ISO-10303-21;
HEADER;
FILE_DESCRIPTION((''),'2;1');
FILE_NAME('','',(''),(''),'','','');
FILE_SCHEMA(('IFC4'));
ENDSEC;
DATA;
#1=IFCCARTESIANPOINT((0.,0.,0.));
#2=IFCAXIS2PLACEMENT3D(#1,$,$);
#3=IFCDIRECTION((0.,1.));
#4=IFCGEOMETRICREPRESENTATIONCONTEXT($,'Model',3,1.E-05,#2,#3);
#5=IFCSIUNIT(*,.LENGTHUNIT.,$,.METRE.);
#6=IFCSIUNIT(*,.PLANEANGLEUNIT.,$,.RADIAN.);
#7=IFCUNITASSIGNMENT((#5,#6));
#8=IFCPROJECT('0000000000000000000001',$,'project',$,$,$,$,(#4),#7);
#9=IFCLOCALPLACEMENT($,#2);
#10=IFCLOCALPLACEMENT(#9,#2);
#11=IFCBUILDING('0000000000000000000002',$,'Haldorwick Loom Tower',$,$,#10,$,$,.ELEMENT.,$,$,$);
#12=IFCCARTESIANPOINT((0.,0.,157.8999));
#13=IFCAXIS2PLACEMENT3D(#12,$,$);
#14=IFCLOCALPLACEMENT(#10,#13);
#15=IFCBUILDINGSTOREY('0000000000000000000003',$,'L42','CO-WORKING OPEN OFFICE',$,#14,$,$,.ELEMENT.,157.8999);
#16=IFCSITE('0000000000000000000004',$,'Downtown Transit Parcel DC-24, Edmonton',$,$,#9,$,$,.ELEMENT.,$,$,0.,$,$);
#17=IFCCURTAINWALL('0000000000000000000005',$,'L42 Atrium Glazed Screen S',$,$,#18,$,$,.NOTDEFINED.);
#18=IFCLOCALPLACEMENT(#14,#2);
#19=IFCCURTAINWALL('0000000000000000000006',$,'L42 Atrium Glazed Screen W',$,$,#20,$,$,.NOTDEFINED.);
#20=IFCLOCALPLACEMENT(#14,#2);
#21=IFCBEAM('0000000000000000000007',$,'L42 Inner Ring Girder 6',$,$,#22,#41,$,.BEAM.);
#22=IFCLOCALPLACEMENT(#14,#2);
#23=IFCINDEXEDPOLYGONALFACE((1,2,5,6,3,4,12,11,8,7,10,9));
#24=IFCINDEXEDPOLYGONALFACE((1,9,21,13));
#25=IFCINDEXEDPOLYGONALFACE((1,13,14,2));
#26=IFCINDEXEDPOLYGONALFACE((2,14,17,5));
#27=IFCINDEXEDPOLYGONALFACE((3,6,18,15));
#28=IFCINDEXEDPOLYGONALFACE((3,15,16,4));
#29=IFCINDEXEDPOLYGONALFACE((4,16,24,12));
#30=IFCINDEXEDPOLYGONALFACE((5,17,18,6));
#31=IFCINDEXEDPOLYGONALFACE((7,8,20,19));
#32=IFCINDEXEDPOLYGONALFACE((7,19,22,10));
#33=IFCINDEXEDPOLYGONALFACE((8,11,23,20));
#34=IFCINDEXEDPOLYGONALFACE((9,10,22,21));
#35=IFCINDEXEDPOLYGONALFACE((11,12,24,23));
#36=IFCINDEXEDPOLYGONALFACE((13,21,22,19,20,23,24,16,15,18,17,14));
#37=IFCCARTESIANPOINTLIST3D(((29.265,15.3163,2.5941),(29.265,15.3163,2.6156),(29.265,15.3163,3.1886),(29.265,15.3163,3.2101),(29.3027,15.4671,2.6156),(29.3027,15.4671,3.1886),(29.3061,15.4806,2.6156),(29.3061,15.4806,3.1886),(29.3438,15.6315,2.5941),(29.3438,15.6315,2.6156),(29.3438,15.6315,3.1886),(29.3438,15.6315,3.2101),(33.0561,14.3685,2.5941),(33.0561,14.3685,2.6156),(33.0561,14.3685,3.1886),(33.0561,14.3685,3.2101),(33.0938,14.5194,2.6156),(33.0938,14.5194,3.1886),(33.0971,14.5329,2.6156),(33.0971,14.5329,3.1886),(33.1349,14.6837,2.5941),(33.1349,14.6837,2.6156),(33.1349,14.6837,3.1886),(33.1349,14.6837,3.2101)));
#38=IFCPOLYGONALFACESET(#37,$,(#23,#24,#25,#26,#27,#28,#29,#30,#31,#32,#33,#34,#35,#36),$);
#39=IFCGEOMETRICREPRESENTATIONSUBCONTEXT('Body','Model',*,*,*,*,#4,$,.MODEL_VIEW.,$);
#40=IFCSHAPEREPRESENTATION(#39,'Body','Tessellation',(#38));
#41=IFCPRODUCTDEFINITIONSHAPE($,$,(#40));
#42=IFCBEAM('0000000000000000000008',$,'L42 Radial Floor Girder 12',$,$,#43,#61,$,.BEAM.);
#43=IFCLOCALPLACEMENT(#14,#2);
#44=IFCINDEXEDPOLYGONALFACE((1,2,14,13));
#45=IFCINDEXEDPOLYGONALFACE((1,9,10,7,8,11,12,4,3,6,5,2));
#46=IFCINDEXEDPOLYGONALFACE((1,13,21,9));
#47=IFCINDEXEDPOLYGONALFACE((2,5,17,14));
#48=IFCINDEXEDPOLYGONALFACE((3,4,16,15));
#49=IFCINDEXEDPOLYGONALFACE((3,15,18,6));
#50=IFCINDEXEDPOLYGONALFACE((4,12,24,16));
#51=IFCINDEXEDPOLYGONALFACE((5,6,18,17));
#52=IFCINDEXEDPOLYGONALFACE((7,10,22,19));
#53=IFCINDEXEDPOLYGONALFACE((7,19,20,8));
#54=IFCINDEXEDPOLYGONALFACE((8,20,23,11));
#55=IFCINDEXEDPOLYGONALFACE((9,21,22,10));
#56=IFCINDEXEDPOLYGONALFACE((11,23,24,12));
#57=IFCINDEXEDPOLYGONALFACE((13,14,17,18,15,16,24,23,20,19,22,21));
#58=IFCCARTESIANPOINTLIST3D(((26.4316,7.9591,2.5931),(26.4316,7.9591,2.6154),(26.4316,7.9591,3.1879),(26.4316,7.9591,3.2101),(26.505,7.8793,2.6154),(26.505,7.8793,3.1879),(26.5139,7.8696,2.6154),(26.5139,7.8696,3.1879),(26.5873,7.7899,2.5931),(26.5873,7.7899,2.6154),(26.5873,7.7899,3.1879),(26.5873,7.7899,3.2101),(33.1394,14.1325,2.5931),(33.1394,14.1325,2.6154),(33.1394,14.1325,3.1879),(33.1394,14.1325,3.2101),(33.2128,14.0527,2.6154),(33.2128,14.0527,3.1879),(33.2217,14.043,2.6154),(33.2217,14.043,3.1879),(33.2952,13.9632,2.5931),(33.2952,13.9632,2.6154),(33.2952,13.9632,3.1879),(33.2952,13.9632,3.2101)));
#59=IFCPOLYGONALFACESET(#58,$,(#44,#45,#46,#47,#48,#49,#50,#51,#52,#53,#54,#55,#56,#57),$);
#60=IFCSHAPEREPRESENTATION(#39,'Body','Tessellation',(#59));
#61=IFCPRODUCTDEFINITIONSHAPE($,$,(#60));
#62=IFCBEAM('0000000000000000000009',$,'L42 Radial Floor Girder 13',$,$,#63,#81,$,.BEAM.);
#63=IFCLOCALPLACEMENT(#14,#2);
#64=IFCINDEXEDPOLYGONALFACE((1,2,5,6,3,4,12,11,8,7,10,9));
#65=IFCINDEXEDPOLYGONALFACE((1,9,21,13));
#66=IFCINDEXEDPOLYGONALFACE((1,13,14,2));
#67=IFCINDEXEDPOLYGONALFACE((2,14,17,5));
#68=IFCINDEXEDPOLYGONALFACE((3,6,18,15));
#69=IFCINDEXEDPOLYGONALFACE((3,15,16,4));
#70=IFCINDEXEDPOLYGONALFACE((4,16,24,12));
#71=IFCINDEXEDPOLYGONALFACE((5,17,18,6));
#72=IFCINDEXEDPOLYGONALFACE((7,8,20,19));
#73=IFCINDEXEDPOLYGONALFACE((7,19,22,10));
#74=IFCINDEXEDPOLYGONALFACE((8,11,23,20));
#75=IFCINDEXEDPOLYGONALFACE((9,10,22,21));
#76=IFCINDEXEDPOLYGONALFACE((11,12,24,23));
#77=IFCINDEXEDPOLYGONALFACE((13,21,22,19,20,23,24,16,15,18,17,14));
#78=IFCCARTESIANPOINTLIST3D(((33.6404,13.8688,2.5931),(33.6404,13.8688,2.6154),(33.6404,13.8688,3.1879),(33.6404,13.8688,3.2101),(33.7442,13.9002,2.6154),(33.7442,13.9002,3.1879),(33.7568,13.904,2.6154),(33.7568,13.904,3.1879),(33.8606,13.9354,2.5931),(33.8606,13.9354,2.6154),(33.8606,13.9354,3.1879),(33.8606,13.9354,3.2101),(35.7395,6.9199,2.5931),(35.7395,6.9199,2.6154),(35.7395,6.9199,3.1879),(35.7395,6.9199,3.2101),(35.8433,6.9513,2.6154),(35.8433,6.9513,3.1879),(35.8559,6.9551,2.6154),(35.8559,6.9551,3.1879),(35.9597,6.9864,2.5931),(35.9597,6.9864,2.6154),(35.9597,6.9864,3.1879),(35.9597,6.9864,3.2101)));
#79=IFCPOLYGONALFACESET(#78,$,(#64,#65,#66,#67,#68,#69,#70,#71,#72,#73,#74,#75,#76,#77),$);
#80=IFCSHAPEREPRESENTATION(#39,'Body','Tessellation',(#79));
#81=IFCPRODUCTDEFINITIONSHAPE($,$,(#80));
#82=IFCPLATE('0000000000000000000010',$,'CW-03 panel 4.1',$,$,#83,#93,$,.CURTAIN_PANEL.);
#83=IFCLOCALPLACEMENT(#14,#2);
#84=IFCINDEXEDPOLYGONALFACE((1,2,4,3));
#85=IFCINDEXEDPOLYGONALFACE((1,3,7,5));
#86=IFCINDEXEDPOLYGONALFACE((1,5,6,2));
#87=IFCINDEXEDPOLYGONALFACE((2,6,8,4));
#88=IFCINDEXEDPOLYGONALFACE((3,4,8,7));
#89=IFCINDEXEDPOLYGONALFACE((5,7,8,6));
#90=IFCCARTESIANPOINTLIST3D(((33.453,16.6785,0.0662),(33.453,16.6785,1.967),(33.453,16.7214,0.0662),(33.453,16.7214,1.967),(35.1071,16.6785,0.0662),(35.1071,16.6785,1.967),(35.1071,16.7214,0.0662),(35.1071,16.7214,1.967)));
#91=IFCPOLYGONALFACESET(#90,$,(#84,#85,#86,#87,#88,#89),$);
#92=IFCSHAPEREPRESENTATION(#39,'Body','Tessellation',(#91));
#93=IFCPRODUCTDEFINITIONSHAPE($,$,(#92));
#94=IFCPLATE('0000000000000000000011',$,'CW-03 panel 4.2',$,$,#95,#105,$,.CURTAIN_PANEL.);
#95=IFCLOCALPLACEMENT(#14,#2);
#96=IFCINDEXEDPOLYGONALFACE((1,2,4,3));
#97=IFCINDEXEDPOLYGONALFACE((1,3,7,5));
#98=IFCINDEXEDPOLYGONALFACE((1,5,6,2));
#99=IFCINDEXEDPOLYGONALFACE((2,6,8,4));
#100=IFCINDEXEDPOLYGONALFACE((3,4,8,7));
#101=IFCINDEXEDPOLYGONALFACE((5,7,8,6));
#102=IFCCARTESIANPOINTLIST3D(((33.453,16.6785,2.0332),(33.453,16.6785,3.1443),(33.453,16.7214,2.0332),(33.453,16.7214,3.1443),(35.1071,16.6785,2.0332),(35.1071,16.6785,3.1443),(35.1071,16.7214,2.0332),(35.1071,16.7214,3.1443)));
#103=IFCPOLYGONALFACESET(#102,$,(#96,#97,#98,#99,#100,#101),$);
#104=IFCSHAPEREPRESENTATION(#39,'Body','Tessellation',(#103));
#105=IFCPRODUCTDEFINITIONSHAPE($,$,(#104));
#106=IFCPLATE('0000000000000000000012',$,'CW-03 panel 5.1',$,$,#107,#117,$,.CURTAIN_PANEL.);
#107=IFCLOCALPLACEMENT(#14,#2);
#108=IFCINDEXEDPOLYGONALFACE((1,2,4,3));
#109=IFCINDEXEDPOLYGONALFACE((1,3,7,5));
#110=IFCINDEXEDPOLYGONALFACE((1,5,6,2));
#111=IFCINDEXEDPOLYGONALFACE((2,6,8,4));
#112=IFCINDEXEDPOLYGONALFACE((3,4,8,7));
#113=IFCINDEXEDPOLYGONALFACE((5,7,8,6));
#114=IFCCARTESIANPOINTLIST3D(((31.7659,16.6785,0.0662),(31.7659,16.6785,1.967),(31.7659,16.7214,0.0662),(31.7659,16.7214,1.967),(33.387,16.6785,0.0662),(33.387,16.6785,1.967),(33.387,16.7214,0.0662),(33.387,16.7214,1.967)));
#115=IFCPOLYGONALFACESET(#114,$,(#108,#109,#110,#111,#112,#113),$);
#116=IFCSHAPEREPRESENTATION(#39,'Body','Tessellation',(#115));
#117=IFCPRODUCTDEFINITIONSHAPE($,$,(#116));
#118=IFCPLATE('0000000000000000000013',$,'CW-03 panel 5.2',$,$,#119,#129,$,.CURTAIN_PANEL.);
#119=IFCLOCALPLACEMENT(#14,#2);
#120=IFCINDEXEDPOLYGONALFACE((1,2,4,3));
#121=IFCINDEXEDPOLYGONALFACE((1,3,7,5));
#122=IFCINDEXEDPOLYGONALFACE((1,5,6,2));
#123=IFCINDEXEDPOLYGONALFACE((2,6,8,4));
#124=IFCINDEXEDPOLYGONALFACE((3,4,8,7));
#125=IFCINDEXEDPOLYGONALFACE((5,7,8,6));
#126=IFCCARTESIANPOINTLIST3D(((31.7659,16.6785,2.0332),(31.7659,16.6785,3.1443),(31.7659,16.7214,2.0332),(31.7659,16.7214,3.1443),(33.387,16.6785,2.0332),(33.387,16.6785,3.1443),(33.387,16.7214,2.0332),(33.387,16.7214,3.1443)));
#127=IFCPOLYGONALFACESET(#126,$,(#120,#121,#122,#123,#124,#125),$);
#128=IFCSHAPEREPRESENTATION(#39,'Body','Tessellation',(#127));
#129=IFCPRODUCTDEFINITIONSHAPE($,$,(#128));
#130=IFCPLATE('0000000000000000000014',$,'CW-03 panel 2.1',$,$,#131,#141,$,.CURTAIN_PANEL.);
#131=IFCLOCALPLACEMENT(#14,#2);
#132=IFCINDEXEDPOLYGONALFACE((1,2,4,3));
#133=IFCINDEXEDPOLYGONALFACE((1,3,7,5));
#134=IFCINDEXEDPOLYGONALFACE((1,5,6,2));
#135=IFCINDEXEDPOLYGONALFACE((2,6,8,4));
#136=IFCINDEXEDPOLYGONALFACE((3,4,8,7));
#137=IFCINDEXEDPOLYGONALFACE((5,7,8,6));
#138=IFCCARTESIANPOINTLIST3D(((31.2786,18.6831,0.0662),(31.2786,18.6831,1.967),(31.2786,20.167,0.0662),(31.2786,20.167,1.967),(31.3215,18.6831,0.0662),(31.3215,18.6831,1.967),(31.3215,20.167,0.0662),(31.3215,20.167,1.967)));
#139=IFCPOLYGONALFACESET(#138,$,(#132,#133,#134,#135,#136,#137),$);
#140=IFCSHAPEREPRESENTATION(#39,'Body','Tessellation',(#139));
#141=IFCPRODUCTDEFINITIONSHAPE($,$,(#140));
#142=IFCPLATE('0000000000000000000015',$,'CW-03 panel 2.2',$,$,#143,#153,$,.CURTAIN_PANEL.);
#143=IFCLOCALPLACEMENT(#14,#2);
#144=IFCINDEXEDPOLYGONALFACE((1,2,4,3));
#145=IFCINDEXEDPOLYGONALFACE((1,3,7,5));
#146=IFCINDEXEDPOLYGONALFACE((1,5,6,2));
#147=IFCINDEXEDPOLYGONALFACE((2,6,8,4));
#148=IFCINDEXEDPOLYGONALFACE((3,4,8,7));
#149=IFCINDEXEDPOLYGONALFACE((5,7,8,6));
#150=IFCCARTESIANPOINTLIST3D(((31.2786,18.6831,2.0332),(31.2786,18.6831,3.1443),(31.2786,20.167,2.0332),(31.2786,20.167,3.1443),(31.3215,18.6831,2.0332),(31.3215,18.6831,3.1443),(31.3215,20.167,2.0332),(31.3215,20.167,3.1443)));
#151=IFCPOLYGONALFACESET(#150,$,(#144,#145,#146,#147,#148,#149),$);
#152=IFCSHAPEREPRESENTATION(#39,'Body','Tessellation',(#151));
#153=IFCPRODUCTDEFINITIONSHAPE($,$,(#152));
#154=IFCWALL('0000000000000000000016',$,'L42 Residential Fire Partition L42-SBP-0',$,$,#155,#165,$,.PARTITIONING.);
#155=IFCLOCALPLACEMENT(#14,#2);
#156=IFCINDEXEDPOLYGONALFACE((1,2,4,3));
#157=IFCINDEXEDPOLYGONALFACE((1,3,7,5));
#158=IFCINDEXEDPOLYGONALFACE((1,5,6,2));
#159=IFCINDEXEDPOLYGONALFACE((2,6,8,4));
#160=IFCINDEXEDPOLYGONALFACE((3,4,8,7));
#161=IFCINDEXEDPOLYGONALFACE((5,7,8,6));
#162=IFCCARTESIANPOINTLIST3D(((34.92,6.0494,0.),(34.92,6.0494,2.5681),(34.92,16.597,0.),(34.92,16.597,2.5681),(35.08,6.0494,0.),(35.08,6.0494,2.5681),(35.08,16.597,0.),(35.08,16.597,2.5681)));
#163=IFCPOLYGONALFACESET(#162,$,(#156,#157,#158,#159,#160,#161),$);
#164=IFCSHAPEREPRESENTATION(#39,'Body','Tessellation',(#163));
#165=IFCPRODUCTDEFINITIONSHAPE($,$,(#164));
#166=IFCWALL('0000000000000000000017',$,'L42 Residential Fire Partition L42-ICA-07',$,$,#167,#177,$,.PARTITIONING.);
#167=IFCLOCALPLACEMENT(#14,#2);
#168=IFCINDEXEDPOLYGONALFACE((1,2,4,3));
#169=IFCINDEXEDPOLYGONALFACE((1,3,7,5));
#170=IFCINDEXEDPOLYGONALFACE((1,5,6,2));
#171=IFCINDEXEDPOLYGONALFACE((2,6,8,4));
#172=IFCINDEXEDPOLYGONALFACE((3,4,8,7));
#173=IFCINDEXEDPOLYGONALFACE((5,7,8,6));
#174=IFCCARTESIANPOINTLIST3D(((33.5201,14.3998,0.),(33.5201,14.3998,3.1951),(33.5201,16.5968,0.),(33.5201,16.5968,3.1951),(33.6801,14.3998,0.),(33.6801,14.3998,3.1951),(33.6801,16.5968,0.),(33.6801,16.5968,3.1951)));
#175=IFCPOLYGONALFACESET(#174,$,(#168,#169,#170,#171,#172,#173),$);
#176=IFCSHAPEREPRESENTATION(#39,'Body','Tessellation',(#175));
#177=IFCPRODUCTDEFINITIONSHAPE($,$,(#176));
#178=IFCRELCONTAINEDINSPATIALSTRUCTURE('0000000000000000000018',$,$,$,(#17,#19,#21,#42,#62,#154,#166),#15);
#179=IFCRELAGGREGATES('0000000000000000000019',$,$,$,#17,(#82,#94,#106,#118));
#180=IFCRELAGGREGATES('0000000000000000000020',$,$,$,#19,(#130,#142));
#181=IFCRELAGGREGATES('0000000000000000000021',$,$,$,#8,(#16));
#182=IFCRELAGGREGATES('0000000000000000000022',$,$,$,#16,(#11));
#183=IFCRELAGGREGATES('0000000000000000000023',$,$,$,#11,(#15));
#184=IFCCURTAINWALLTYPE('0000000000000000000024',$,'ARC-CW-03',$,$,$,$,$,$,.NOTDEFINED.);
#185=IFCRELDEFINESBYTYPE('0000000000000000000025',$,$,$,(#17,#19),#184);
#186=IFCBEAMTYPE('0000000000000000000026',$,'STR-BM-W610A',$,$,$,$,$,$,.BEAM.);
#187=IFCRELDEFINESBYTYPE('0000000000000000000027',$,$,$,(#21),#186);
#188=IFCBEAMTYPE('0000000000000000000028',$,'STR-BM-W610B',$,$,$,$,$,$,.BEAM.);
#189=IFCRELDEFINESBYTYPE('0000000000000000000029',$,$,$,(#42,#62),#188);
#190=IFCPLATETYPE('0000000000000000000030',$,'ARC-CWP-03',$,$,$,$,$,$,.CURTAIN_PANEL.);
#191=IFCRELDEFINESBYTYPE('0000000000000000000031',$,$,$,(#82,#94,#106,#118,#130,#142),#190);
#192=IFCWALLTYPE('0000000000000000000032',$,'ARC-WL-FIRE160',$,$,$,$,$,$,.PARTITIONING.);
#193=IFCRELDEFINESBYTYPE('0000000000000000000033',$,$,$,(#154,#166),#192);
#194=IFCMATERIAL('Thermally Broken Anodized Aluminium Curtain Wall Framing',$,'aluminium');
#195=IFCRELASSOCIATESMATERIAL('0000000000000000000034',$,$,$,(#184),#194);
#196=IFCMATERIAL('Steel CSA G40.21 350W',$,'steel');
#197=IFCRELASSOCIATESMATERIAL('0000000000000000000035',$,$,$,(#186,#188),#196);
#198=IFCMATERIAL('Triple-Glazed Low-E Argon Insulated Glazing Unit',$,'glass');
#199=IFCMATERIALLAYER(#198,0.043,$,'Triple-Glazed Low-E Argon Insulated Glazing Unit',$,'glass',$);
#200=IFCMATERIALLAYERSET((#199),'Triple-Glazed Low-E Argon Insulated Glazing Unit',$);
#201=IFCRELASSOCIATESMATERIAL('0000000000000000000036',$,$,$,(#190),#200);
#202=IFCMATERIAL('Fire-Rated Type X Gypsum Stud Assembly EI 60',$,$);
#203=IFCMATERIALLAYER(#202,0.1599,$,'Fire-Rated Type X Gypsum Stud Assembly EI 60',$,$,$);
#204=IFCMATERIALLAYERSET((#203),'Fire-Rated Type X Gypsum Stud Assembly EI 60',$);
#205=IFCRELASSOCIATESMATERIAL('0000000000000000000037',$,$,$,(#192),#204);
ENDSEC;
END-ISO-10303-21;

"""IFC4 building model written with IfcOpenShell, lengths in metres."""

from ifc_helpers import new_model, si_unit, direction, frame, frame_2d, origin, origin_2d, place, context, subcontext, project, spatial, rectangle, i_section, extrude, material, layer, layer_set, material_profile, profile_set, type_object, element, aggregate, save


model = new_model("IFC4")

# Units and contexts
model_context = context("Model", 3, precision=1e-05, world=origin(), true_north=direction((0.0, 1.0)))
body_context = subcontext(model_context, "Body", "Model", "MODEL_VIEW")
ifc_project = project(units=[si_unit("LENGTHUNIT", "METRE"), si_unit("PLANEANGLEUNIT", "RADIAN")], contexts=[model_context])

# Site, building, storey
site_placement = place(None, origin())
site = spatial("IfcSite", under=ifc_project, at=site_placement, Name="Downtown Transit Parcel DC-24, Edmonton", CompositionType="ELEMENT", RefElevation=0.0)
building_placement = place(site_placement, origin())
building = spatial("IfcBuilding", under=site, at=building_placement, Name="Haldorwick Loom Tower", CompositionType="ELEMENT")
storey_placement = place(building_placement, frame((0.0, 0.0, 157.8999)))
storey = spatial("IfcBuildingStorey", under=building, at=storey_placement, Name="L42", Description="CO-WORKING OPEN OFFICE", CompositionType="ELEMENT", Elevation=157.8999)

# Curtain walls
ifc_material_1 = material(Name="Thermally Broken Anodized Aluminium Curtain Wall Framing", Category="aluminium")
curtain_wall_type = type_object("IfcCurtainWallType", Name="ARC-CW-03", PredefinedType="NOTDEFINED", material=ifc_material_1)
curtain_wall_1_placement = place(storey_placement, origin())
curtain_wall_1 = element("IfcCurtainWall", 1, at=curtain_wall_1_placement, inside=storey, type_object=curtain_wall_type, Name="L42 Atrium Glazed Screen S", PredefinedType="NOTDEFINED")
curtain_wall_2_placement = place(storey_placement, origin())
curtain_wall_2 = element("IfcCurtainWall", 2, at=curtain_wall_2_placement, inside=storey, type_object=curtain_wall_type, Name="L42 Atrium Glazed Screen W", PredefinedType="NOTDEFINED")

# Beams
ifc_material_2 = material(Name="Steel CSA G40.21 350W", Category="steel")
ifc_material_profile_1 = material_profile(ifc_material_2, i_section(OverallWidth=0.325, OverallDepth=0.616, WebThickness=0.0139, FlangeThickness=0.0215, at=origin_2d()), Name="W610X174", Category="steel")
ifc_profile_set_1 = profile_set([ifc_material_profile_1], Name="Steel CSA G40.21 350W")
beam_type_1 = type_object("IfcBeamType", Name="STR-BM-W610A", PredefinedType="BEAM", material=ifc_profile_set_1)
beam_1_placement = place(storey_placement, frame((33.0955, 14.5261, 2.9021), z_axis=(-0.970143, 0.242536, 0.0), x_axis=(-0.242536, -0.970143, 0.0)))
element("IfcBeam", 3, at=beam_1_placement, inside=storey, type_object=beam_type_1, Name="L42 Inner Ring Girder 6", PredefinedType="BEAM", context=body_context, shape_type="SweptSolid", body=[
    extrude(i_section(OverallWidth=0.325, OverallDepth=0.616, WebThickness=0.0139, FlangeThickness=0.0215, at=origin_2d()), origin(), (0.0, 0.0, 1.0), 3.9077),
])
ifc_material_profile_2 = material_profile(ifc_material_2, i_section(OverallWidth=0.23, OverallDepth=0.6169, WebThickness=0.0132, FlangeThickness=0.0222, at=origin_2d()), Name="W610X140", Category="steel")
ifc_profile_set_2 = profile_set([ifc_material_profile_2], Name="Steel CSA G40.21 350W")
beam_type_2 = type_object("IfcBeamType", Name="STR-BM-W610B", PredefinedType="BEAM", material=ifc_profile_set_2)
beam_2_placement = place(storey_placement, frame((33.2173, 14.0479, 2.9016), z_axis=(-0.735811, -0.677187, 0.0), x_axis=(0.677187, -0.735811, 0.0)))
element("IfcBeam", 4, at=beam_2_placement, inside=storey, type_object=beam_type_2, Name="L42 Radial Floor Girder 12", PredefinedType="BEAM", context=body_context, shape_type="SweptSolid", body=[
    extrude(i_section(OverallWidth=0.23, OverallDepth=0.6169, WebThickness=0.0132, FlangeThickness=0.0222, at=origin_2d()), origin(), (0.0, 0.0, 1.0), 9.1162),
])
beam_3_placement = place(storey_placement, frame((33.7505, 13.9021, 2.9016), z_axis=(0.289171, -0.957277, 0.0), x_axis=(0.957277, 0.289171, 0.0)))
element("IfcBeam", 5, at=beam_3_placement, inside=storey, type_object=beam_type_2, Name="L42 Radial Floor Girder 13", PredefinedType="BEAM", context=body_context, shape_type="SweptSolid", body=[
    extrude(i_section(OverallWidth=0.23, OverallDepth=0.6169, WebThickness=0.0132, FlangeThickness=0.0222, at=origin_2d()), origin(), (0.0, 0.0, 1.0), 7.259),
])

# Plates
ifc_material_3 = material(Name="Triple-Glazed Low-E Argon Insulated Glazing Unit", Category="glass")
ifc_layer_1 = layer(ifc_material_3, 0.043, Name="Triple-Glazed Low-E Argon Insulated Glazing Unit", Category="glass")
ifc_layer_set_1 = layer_set([ifc_layer_1], Name="Triple-Glazed Low-E Argon Insulated Glazing Unit")
plate_type = type_object("IfcPlateType", Name="ARC-CWP-03", PredefinedType="CURTAIN_PANEL", material=ifc_layer_set_1)
plate_1_placement = place(storey_placement, frame((34.28, 16.7, 0.0662), z_axis=(0.0, 0.0, 1.0), x_axis=(-1.0, 0.0, 0.0)))
plate_1 = element("IfcPlate", 6, at=plate_1_placement, type_object=plate_type, Name="CW-03 panel 4.1", PredefinedType="CURTAIN_PANEL", context=body_context, shape_type="SweptSolid", body=[
    extrude(rectangle(XDim=1.6541, YDim=0.043, at=origin_2d()), origin(), (0.0, 0.0, 1.0), 1.9009),
])
plate_2_placement = place(storey_placement, frame((34.28, 16.7, 2.0332), z_axis=(0.0, 0.0, 1.0), x_axis=(-1.0, 0.0, 0.0)))
plate_2 = element("IfcPlate", 7, at=plate_2_placement, type_object=plate_type, Name="CW-03 panel 4.2", PredefinedType="CURTAIN_PANEL", context=body_context, shape_type="SweptSolid", body=[
    extrude(rectangle(XDim=1.6541, YDim=0.043, at=origin_2d()), origin(), (0.0, 0.0, 1.0), 1.1111),
])
plate_3_placement = place(storey_placement, frame((32.5764, 16.7, 0.0662), z_axis=(0.0, 0.0, 1.0), x_axis=(-1.0, 0.0, 0.0)))
plate_3 = element("IfcPlate", 8, at=plate_3_placement, type_object=plate_type, Name="CW-03 panel 5.1", PredefinedType="CURTAIN_PANEL", context=body_context, shape_type="SweptSolid", body=[
    extrude(rectangle(XDim=1.6211, YDim=0.043, at=origin_2d()), origin(), (0.0, 0.0, 1.0), 1.9009),
])
plate_4_placement = place(storey_placement, frame((32.5764, 16.7, 2.0332), z_axis=(0.0, 0.0, 1.0), x_axis=(-1.0, 0.0, 0.0)))
plate_4 = element("IfcPlate", 9, at=plate_4_placement, type_object=plate_type, Name="CW-03 panel 5.2", PredefinedType="CURTAIN_PANEL", context=body_context, shape_type="SweptSolid", body=[
    extrude(rectangle(XDim=1.6211, YDim=0.043, at=origin_2d()), origin(), (0.0, 0.0, 1.0), 1.1111),
])
aggregate(curtain_wall_1, [plate_1, plate_2, plate_3, plate_4])
plate_5_placement = place(storey_placement, frame((31.3, 19.425, 0.0662), z_axis=(0.0, 0.0, 1.0), x_axis=(0.0, 1.0, 0.0)))
plate_5 = element("IfcPlate", 10, at=plate_5_placement, type_object=plate_type, Name="CW-03 panel 2.1", PredefinedType="CURTAIN_PANEL", context=body_context, shape_type="SweptSolid", body=[
    extrude(rectangle(XDim=1.4839, YDim=0.043, at=origin_2d()), origin(), (0.0, 0.0, 1.0), 1.9009),
])
plate_6_placement = place(storey_placement, frame((31.3, 19.425, 2.0332), z_axis=(0.0, 0.0, 1.0), x_axis=(0.0, 1.0, 0.0)))
plate_6 = element("IfcPlate", 11, at=plate_6_placement, type_object=plate_type, Name="CW-03 panel 2.2", PredefinedType="CURTAIN_PANEL", context=body_context, shape_type="SweptSolid", body=[
    extrude(rectangle(XDim=1.4839, YDim=0.043, at=origin_2d()), origin(), (0.0, 0.0, 1.0), 1.1111),
])
aggregate(curtain_wall_2, [plate_5, plate_6])

# Walls
ifc_material_4 = material(Name="Fire-Rated Type X Gypsum Stud Assembly EI 60")
ifc_layer_2 = layer(ifc_material_4, 0.1599, Name="Fire-Rated Type X Gypsum Stud Assembly EI 60")
ifc_layer_set_2 = layer_set([ifc_layer_2], Name="Fire-Rated Type X Gypsum Stud Assembly EI 60")
wall_type = type_object("IfcWallType", Name="ARC-WL-FIRE160", PredefinedType="PARTITIONING", material=ifc_layer_set_2)
wall_1_placement = place(storey_placement, frame((35.0, 6.0493, 0.0), z_axis=(0.0, 0.0, 1.0), x_axis=(0.0, 1.0, 0.0)))
element("IfcWall", 12, at=wall_1_placement, inside=storey, type_object=wall_type, Name="L42 Residential Fire Partition L42-SBP-0", PredefinedType="PARTITIONING", context=body_context, shape_type="SweptSolid", body=[
    extrude(rectangle(XDim=10.5476, YDim=0.1599, at=frame_2d((5.2739, 0.0))), origin(), (0.0, 0.0, 1.0), 2.5681),
])
wall_2_placement = place(storey_placement, frame((33.6001, 16.5969, 0.0), z_axis=(0.0, 0.0, 1.0), x_axis=(0.0, -1.0, 0.0)))
element("IfcWall", 13, at=wall_2_placement, inside=storey, type_object=wall_type, Name="L42 Residential Fire Partition L42-ICA-07", PredefinedType="PARTITIONING", context=body_context, shape_type="SweptSolid", body=[
    extrude(rectangle(XDim=2.197, YDim=0.1599, at=frame_2d((1.0986, 0.0))), origin(), (0.0, 0.0, 1.0), 3.1951),
])

save(model, "model.ifc")
